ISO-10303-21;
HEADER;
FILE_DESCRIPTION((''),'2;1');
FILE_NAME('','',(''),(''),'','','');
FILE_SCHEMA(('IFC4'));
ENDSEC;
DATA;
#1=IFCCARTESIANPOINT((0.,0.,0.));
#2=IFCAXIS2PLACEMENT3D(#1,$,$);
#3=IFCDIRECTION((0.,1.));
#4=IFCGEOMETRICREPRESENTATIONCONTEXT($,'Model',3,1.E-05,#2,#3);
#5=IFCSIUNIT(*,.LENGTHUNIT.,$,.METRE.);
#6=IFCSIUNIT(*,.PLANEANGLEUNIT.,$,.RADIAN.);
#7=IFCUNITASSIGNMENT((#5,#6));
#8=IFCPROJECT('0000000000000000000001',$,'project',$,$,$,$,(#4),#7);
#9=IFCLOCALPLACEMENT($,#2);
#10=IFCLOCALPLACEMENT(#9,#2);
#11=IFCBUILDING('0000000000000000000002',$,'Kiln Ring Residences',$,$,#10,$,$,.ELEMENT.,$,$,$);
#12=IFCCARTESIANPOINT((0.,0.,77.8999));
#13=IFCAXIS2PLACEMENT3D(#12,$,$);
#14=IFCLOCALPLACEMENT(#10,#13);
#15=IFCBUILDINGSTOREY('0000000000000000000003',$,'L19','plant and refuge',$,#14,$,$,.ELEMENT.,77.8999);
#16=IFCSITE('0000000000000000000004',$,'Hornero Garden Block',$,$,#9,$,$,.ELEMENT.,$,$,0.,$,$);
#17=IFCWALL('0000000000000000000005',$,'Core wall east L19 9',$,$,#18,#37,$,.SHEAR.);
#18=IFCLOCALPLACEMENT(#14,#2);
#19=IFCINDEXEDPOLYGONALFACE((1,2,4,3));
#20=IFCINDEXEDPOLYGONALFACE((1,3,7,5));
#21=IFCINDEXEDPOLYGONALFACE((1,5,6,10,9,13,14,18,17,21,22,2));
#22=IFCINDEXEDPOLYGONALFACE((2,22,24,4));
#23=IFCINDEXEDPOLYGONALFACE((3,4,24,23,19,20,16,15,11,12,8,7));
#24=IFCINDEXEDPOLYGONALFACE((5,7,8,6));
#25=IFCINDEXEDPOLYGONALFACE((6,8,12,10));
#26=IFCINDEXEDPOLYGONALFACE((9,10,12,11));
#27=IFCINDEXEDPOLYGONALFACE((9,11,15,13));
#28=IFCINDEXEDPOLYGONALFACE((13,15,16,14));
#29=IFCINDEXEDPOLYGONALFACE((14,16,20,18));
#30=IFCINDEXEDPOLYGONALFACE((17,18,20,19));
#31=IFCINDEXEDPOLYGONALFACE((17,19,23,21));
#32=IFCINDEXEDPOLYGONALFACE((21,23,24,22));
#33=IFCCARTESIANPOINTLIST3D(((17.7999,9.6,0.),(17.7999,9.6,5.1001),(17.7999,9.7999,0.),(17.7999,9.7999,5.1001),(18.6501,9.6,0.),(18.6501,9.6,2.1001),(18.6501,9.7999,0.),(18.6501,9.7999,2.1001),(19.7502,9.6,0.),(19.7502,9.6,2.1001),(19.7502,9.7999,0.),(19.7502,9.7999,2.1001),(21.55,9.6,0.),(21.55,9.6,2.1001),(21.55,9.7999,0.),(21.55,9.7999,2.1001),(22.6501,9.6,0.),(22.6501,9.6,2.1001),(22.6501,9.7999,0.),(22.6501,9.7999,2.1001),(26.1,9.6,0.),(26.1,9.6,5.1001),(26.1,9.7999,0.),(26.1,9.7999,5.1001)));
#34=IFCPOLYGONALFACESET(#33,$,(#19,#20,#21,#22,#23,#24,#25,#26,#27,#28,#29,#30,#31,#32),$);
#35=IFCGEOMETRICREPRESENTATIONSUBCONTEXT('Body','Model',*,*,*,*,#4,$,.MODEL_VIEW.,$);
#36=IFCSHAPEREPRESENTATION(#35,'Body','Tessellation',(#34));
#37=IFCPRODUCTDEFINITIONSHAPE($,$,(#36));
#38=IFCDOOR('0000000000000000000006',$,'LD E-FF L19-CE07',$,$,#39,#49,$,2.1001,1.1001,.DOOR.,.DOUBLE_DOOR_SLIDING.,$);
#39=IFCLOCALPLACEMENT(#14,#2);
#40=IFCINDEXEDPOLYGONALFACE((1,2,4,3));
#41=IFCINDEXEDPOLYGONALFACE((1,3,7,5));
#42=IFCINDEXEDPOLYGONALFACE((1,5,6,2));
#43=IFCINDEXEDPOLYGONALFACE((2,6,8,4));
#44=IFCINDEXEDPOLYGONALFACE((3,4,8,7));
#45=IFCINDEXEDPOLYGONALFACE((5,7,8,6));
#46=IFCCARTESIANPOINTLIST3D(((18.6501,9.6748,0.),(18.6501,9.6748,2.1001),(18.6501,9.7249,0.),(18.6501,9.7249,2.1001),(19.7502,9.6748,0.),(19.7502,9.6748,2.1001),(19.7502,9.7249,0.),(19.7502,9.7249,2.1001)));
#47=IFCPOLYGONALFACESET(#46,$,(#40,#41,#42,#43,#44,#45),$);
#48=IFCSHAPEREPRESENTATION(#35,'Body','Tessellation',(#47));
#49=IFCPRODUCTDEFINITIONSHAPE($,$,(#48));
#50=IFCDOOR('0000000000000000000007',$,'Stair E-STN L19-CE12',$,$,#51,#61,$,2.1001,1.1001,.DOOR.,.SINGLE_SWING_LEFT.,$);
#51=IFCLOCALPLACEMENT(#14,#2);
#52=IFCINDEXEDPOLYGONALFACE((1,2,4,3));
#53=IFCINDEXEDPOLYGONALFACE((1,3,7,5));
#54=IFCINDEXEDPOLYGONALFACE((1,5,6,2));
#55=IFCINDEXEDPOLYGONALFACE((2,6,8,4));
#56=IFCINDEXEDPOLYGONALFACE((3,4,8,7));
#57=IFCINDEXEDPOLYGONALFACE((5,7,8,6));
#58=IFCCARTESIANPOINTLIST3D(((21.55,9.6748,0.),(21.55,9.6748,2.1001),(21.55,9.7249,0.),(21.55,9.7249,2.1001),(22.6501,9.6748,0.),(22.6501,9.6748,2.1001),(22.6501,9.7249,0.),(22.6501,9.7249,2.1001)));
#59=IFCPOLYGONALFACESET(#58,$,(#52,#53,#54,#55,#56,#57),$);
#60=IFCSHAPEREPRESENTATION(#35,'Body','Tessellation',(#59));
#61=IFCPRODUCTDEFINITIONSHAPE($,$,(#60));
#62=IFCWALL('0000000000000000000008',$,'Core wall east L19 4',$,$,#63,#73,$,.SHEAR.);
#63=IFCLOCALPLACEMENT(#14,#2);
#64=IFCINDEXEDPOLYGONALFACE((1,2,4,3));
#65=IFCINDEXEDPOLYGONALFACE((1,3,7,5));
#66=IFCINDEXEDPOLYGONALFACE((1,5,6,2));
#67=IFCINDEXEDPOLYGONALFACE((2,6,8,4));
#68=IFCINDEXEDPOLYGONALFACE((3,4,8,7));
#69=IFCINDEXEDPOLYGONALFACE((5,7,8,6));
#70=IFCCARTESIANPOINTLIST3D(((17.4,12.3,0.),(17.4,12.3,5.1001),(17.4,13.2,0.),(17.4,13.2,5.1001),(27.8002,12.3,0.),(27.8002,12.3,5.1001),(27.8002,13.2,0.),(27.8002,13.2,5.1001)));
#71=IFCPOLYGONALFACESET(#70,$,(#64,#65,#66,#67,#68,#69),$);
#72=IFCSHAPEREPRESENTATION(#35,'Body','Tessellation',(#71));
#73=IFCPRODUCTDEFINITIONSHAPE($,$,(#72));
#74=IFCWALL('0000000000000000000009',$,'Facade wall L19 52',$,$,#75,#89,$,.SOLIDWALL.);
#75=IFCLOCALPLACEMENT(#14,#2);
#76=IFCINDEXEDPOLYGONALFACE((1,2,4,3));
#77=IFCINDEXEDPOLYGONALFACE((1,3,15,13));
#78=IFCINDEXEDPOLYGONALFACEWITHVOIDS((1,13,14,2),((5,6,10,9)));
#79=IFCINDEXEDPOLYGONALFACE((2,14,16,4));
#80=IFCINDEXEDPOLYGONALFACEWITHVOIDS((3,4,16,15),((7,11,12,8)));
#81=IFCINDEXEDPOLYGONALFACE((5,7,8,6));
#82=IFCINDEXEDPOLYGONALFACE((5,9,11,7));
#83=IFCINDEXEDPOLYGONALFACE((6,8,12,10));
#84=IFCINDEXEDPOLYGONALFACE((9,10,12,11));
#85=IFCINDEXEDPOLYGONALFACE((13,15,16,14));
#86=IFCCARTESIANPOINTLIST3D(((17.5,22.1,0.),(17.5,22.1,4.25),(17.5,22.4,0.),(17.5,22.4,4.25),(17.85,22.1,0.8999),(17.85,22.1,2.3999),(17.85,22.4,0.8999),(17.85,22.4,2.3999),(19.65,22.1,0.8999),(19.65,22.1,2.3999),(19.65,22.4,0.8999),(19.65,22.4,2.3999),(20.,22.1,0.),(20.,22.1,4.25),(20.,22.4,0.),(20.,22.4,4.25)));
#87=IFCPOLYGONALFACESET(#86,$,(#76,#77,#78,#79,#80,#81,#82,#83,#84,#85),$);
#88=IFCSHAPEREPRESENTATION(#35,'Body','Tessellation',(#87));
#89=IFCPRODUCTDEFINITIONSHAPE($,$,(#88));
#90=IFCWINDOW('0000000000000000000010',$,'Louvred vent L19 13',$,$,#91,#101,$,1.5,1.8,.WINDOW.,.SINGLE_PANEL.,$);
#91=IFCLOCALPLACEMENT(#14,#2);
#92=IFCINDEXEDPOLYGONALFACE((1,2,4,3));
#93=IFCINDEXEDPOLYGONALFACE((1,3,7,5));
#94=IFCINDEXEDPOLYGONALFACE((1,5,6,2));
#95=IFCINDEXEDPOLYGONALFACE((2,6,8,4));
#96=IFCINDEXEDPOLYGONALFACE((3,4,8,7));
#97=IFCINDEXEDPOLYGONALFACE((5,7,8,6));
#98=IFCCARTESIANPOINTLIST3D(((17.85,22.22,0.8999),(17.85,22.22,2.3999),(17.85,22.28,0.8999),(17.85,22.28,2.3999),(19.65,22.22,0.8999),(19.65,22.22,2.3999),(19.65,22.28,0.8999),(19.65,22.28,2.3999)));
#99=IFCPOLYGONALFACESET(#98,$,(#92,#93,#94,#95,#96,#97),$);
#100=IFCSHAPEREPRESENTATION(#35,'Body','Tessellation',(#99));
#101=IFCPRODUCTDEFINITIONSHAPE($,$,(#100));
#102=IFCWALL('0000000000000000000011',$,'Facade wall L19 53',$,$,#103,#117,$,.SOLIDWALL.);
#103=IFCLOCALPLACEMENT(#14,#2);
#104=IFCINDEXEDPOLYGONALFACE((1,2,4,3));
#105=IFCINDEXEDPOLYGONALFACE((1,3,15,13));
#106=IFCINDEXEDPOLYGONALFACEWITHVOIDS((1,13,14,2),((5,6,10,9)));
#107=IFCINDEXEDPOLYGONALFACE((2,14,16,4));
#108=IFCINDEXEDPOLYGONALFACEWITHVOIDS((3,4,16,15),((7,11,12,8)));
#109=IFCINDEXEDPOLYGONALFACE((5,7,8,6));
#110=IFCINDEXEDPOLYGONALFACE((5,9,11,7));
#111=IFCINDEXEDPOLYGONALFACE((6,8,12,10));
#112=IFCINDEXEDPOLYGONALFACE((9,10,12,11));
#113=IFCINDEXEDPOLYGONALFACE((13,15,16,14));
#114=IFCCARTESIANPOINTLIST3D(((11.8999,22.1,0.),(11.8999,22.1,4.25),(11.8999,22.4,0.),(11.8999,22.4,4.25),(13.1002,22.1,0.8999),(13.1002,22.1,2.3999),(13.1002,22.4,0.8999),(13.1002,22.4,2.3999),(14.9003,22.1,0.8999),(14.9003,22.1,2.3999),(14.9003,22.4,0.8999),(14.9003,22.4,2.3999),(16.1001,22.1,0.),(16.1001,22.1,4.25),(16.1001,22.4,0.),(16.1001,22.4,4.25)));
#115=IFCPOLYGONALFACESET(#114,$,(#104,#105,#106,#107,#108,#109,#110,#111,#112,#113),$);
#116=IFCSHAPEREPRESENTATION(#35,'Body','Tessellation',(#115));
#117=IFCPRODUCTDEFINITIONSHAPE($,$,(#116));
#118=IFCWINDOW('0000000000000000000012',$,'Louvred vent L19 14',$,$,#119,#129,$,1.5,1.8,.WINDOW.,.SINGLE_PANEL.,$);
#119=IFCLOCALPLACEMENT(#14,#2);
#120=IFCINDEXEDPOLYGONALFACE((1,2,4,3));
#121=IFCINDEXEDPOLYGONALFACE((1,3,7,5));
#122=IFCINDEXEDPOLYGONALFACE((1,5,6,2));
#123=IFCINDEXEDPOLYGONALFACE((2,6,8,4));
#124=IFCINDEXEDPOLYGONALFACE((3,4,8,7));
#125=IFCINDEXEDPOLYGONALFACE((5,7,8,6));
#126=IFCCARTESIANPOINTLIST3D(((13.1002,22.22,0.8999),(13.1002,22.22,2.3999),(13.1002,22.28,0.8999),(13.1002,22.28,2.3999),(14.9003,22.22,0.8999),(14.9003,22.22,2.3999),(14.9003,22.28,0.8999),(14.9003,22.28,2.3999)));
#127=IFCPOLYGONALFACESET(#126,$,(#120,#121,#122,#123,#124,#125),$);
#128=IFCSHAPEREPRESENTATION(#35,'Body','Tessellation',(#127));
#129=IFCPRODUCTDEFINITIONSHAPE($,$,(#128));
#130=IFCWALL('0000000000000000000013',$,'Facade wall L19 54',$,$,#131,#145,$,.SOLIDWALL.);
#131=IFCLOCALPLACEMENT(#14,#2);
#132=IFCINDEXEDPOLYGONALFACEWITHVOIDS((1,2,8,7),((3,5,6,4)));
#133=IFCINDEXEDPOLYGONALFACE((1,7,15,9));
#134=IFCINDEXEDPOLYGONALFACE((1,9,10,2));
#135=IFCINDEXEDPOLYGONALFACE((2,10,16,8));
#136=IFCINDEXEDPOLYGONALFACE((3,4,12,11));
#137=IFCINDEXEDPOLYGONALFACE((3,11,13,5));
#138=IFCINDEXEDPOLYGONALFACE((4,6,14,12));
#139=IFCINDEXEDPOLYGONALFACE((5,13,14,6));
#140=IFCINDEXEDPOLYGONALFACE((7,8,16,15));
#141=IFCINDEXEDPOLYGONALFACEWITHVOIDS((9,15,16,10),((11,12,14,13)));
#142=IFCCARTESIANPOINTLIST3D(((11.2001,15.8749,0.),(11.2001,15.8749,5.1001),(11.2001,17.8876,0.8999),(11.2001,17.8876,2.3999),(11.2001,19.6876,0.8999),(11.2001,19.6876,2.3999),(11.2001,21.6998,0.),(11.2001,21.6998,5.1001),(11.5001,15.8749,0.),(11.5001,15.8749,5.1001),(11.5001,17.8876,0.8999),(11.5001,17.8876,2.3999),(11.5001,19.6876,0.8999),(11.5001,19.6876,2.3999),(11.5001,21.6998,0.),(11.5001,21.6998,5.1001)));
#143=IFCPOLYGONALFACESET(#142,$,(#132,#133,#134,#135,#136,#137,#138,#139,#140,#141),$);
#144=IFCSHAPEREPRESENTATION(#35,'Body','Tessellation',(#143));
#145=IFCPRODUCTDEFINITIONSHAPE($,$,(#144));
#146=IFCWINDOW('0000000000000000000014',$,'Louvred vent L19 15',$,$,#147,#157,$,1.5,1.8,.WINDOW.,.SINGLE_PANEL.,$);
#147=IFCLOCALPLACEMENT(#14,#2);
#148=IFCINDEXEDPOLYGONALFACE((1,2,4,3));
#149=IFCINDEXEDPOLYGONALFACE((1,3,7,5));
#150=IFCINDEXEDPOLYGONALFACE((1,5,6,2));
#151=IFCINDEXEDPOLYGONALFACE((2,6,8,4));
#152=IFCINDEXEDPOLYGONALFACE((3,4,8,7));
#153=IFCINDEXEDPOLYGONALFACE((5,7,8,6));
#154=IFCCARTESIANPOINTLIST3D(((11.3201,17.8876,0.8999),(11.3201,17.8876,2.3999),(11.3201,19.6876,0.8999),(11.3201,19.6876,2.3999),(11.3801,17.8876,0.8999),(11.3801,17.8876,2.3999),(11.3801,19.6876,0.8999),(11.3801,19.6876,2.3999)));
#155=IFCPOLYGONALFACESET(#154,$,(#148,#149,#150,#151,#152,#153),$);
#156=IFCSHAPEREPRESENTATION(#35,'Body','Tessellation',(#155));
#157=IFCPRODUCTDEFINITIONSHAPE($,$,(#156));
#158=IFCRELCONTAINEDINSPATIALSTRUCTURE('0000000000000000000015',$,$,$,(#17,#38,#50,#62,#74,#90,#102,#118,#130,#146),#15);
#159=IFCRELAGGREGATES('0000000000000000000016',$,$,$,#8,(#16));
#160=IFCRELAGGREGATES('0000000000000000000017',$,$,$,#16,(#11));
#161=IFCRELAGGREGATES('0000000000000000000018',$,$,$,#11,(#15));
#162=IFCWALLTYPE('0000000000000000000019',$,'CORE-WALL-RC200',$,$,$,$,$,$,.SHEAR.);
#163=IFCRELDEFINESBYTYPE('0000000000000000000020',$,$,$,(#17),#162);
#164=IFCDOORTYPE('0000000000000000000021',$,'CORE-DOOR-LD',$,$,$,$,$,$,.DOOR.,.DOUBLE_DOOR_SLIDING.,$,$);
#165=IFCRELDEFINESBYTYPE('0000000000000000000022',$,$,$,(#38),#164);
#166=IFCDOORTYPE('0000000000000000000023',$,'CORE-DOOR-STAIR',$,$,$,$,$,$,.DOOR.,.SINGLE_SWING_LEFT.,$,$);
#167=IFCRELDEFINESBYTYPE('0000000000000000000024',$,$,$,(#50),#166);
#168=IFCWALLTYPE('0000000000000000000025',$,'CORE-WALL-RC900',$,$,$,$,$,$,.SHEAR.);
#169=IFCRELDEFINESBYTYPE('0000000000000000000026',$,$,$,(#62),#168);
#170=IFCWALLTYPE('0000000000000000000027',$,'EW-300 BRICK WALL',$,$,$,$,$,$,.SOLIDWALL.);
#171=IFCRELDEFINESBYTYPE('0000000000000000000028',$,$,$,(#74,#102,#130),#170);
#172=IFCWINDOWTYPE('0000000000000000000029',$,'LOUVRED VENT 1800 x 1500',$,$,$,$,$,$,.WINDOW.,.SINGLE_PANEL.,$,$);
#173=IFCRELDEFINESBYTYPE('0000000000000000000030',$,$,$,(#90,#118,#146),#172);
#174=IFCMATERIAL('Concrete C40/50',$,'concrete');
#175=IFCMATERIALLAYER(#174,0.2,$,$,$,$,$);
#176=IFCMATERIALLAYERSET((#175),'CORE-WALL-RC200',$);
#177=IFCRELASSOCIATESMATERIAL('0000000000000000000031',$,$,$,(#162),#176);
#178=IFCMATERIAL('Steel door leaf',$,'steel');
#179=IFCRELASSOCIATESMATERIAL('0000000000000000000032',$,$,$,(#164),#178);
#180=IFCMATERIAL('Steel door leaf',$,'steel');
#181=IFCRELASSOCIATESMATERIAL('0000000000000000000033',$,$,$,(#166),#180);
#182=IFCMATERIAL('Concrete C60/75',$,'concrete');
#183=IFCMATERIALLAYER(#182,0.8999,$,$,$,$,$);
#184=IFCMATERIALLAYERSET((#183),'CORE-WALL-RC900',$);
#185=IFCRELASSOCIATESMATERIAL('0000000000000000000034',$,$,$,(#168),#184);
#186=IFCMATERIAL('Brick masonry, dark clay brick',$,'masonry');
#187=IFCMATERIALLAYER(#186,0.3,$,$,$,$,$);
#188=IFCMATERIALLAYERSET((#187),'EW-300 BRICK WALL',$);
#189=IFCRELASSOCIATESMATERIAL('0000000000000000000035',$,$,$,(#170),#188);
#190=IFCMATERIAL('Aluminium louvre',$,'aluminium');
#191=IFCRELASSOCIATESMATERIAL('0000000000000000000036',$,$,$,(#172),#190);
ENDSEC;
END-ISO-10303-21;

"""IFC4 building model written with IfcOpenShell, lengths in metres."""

from ifc_helpers import new_model, si_unit, direction, frame, frame_2d, origin, place, context, subcontext, project, spatial, rectangle, extrude, material, layer, layer_set, type_object, element, fill, save


model = new_model("IFC4")

# Units and contexts
model_context = context("Model", 3, precision=1e-05, world=origin(), true_north=direction((0.0, 1.0)))
body_context = subcontext(model_context, "Body", "Model", "MODEL_VIEW")
ifc_project = project(units=[si_unit("LENGTHUNIT", "METRE"), si_unit("PLANEANGLEUNIT", "RADIAN")], contexts=[model_context])

# Site, building, storey
site_placement = place(None, origin())
site = spatial("IfcSite", under=ifc_project, at=site_placement, Name="Hornero Garden Block", CompositionType="ELEMENT", RefElevation=0.0)
building_placement = place(site_placement, origin())
building = spatial("IfcBuilding", under=site, at=building_placement, Name="Kiln Ring Residences", CompositionType="ELEMENT")
storey_placement = place(building_placement, frame((0.0, 0.0, 77.8999)))
storey = spatial("IfcBuildingStorey", under=building, at=storey_placement, Name="L19", Description="plant and refuge", CompositionType="ELEMENT", Elevation=77.8999)

# Wall, openings, doors
ifc_material_1 = material(Name="Concrete C40/50", Category="concrete")
ifc_layer_1 = layer(ifc_material_1, 0.2)
ifc_layer_set_1 = layer_set([ifc_layer_1], Name="CORE-WALL-RC200")
wall_type_1 = type_object("IfcWallType", Name="CORE-WALL-RC200", PredefinedType="SHEAR", material=ifc_layer_set_1)
wall_1_placement = place(storey_placement, frame((17.8, 9.7, 0.0), z_axis=(0.0, 0.0, 1.0), x_axis=(1.0, 0.0, 0.0)))
wall_1 = element("IfcWall", 1, at=wall_1_placement, inside=storey, type_object=wall_type_1, Name="Core wall east L19 9", PredefinedType="SHEAR", context=body_context, shape_type="SweptSolid", body=[
    extrude(rectangle(XDim=8.3, YDim=0.2, at=frame_2d((4.1499, 0.0))), origin(), (0.0, 0.0, 1.0), 5.1001),
])
opening_1_placement = place(wall_1_placement, frame((0.8501, 0.0, 0.0)))
opening_1 = element("IfcOpeningElement", 2, at=opening_1_placement, cuts=wall_1, PredefinedType="OPENING", context=body_context, shape_type="SweptSolid", body=[
    extrude(rectangle(XDim=1.1001, YDim=2.1001, at=frame_2d((0.55, 1.05))), frame((0.0, 0.1099, 0.0), z_axis=(0.0, -1.0, 0.0), x_axis=(1.0, 0.0, 0.0)), (0.0, 0.0, 1.0), 0.22),
])
opening_2_placement = place(wall_1_placement, frame((3.75, 0.0, 0.0)))
opening_2 = element("IfcOpeningElement", 3, at=opening_2_placement, cuts=wall_1, PredefinedType="OPENING", context=body_context, shape_type="SweptSolid", body=[
    extrude(rectangle(XDim=1.1001, YDim=2.1001, at=frame_2d((0.55, 1.05))), frame((0.0, 0.1099, 0.0), z_axis=(0.0, -1.0, 0.0), x_axis=(1.0, 0.0, 0.0)), (0.0, 0.0, 1.0), 0.22),
])
ifc_material_2 = material(Name="Steel door leaf", Category="steel")
door_type_1 = type_object("IfcDoorType", Name="CORE-DOOR-LD", OperationType="DOUBLE_DOOR_SLIDING", PredefinedType="DOOR", material=ifc_material_2)
door_1_placement = place(opening_1_placement, origin())
door_1 = element("IfcDoor", 4, at=door_1_placement, inside=storey, type_object=door_type_1, Name="LD E-FF L19-CE07", OperationType="DOUBLE_DOOR_SLIDING", OverallHeight=2.1001, OverallWidth=1.1001, PredefinedType="DOOR", context=body_context, shape_type="SweptSolid", body=[
    extrude(rectangle(XDim=1.1001, YDim=2.1001, at=frame_2d((0.55, 1.05))), frame((0.0, 0.0249, 0.0), z_axis=(0.0, -1.0, 0.0), x_axis=(1.0, 0.0, 0.0)), (0.0, 0.0, 1.0), 0.05),
])
fill(opening_1, door_1)
ifc_material_3 = material(Name="Steel door leaf", Category="steel")
door_type_2 = type_object("IfcDoorType", Name="CORE-DOOR-STAIR", OperationType="SINGLE_SWING_LEFT", PredefinedType="DOOR", material=ifc_material_3)
door_2_placement = place(opening_2_placement, origin())
door_2 = element("IfcDoor", 5, at=door_2_placement, inside=storey, type_object=door_type_2, Name="Stair E-STN L19-CE12", OperationType="SINGLE_SWING_LEFT", OverallHeight=2.1001, OverallWidth=1.1001, PredefinedType="DOOR", context=body_context, shape_type="SweptSolid", body=[
    extrude(rectangle(XDim=1.1001, YDim=2.1001, at=frame_2d((0.55, 1.05))), frame((0.0, 0.0249, 0.0), z_axis=(0.0, -1.0, 0.0), x_axis=(1.0, 0.0, 0.0)), (0.0, 0.0, 1.0), 0.05),
])
fill(opening_2, door_2)

# Wall
ifc_material_4 = material(Name="Concrete C60/75", Category="concrete")
ifc_layer_2 = layer(ifc_material_4, 0.8999)
ifc_layer_set_2 = layer_set([ifc_layer_2], Name="CORE-WALL-RC900")
wall_type_2 = type_object("IfcWallType", Name="CORE-WALL-RC900", PredefinedType="SHEAR", material=ifc_layer_set_2)
wall_2_placement = place(storey_placement, frame((17.3999, 12.75, 0.0), z_axis=(0.0, 0.0, 1.0), x_axis=(1.0, 0.0, 0.0)))
element("IfcWall", 6, at=wall_2_placement, inside=storey, type_object=wall_type_2, Name="Core wall east L19 4", PredefinedType="SHEAR", context=body_context, shape_type="SweptSolid", body=[
    extrude(rectangle(XDim=10.4001, YDim=0.8999, at=frame_2d((5.2002, 0.0))), origin(), (0.0, 0.0, 1.0), 5.1001),
])

# Walls, openings, windows
ifc_material_5 = material(Name="Brick masonry, dark clay brick", Category="masonry")
ifc_layer_3 = layer(ifc_material_5, 0.3)
ifc_layer_set_3 = layer_set([ifc_layer_3], Name="EW-300 BRICK WALL")
wall_type_3 = type_object("IfcWallType", Name="EW-300 BRICK WALL", PredefinedType="SOLIDWALL", material=ifc_layer_set_3)
wall_3_placement = place(storey_placement, frame((20.0, 22.25, 0.0), z_axis=(0.0, 0.0, 1.0), x_axis=(-1.0, 0.0, 0.0)))
wall_3 = element("IfcWall", 7, at=wall_3_placement, inside=storey, type_object=wall_type_3, Name="Facade wall L19 52", PredefinedType="SOLIDWALL", context=body_context, shape_type="SweptSolid", body=[
    extrude(rectangle(XDim=2.5, YDim=0.3, at=frame_2d((1.25, 0.0))), origin(), (0.0, 0.0, 1.0), 4.25),
])
opening_3_placement = place(wall_3_placement, frame((0.3501, 0.0, 0.8999)))
opening_3 = element("IfcOpeningElement", 8, at=opening_3_placement, cuts=wall_3, PredefinedType="OPENING", context=body_context, shape_type="SweptSolid", body=[
    extrude(rectangle(XDim=1.8, YDim=1.5, at=frame_2d((0.8999, 0.75))), frame((0.0, 0.1599, 0.0), z_axis=(0.0, -1.0, 0.0), x_axis=(1.0, 0.0, 0.0)), (0.0, 0.0, 1.0), 0.3201),
])
ifc_material_6 = material(Name="Aluminium louvre", Category="aluminium")
window_type = type_object("IfcWindowType", Name="LOUVRED VENT 1800 x 1500", PartitioningType="SINGLE_PANEL", PredefinedType="WINDOW", material=ifc_material_6)
window_1_placement = place(opening_3_placement, origin())
window_1 = element("IfcWindow", 9, at=window_1_placement, inside=storey, type_object=window_type, Name="Louvred vent L19 13", OverallHeight=1.5, OverallWidth=1.8, PartitioningType="SINGLE_PANEL", PredefinedType="WINDOW", context=body_context, shape_type="SweptSolid", body=[
    extrude(rectangle(XDim=1.8, YDim=1.5, at=frame_2d((0.8999, 0.75))), frame((0.0, 0.03, 0.0), z_axis=(0.0, -1.0, 0.0), x_axis=(1.0, 0.0, 0.0)), (0.0, 0.0, 1.0), 0.0601),
])
fill(opening_3, window_1)
wall_4_placement = place(storey_placement, frame((16.1001, 22.25, 0.0), z_axis=(0.0, 0.0, 1.0), x_axis=(-1.0, 0.0, 0.0)))
wall_4 = element("IfcWall", 10, at=wall_4_placement, inside=storey, type_object=wall_type_3, Name="Facade wall L19 53", PredefinedType="SOLIDWALL", context=body_context, shape_type="SweptSolid", body=[
    extrude(rectangle(XDim=4.2002, YDim=0.3, at=frame_2d((2.1001, 0.0))), origin(), (0.0, 0.0, 1.0), 4.25),
])
opening_4_placement = place(wall_4_placement, frame((1.2, 0.0, 0.8999)))
opening_4 = element("IfcOpeningElement", 11, at=opening_4_placement, cuts=wall_4, PredefinedType="OPENING", context=body_context, shape_type="SweptSolid", body=[
    extrude(rectangle(XDim=1.8, YDim=1.5, at=frame_2d((0.8999, 0.75))), frame((0.0, 0.1599, 0.0), z_axis=(0.0, -1.0, 0.0), x_axis=(1.0, 0.0, 0.0)), (0.0, 0.0, 1.0), 0.3201),
])
window_2_placement = place(opening_4_placement, origin())
window_2 = element("IfcWindow", 12, at=window_2_placement, inside=storey, type_object=window_type, Name="Louvred vent L19 14", OverallHeight=1.5, OverallWidth=1.8, PartitioningType="SINGLE_PANEL", PredefinedType="WINDOW", context=body_context, shape_type="SweptSolid", body=[
    extrude(rectangle(XDim=1.8, YDim=1.5, at=frame_2d((0.8999, 0.75))), frame((0.0, 0.03, 0.0), z_axis=(0.0, -1.0, 0.0), x_axis=(1.0, 0.0, 0.0)), (0.0, 0.0, 1.0), 0.0601),
])
fill(opening_4, window_2)
wall_5_placement = place(storey_placement, frame((11.3501, 21.7, 0.0), z_axis=(0.0, 0.0, 1.0), x_axis=(0.0, -1.0, 0.0)))
wall_5 = element("IfcWall", 13, at=wall_5_placement, inside=storey, type_object=wall_type_3, Name="Facade wall L19 54", PredefinedType="SOLIDWALL", context=body_context, shape_type="SweptSolid", body=[
    extrude(rectangle(XDim=5.825, YDim=0.3, at=frame_2d((2.9126, 0.0))), origin(), (0.0, 0.0, 1.0), 5.1001),
])
opening_5_placement = place(wall_5_placement, frame((2.0125, 0.0, 0.8999)))
opening_5 = element("IfcOpeningElement", 14, at=opening_5_placement, cuts=wall_5, PredefinedType="OPENING", context=body_context, shape_type="SweptSolid", body=[
    extrude(rectangle(XDim=1.8, YDim=1.5, at=frame_2d((0.8999, 0.75))), frame((0.0, 0.1599, 0.0), z_axis=(0.0, -1.0, 0.0), x_axis=(1.0, 0.0, 0.0)), (0.0, 0.0, 1.0), 0.3201),
])
window_3_placement = place(opening_5_placement, origin())
window_3 = element("IfcWindow", 15, at=window_3_placement, inside=storey, type_object=window_type, Name="Louvred vent L19 15", OverallHeight=1.5, OverallWidth=1.8, PartitioningType="SINGLE_PANEL", PredefinedType="WINDOW", context=body_context, shape_type="SweptSolid", body=[
    extrude(rectangle(XDim=1.8, YDim=1.5, at=frame_2d((0.8999, 0.75))), frame((0.0, 0.03, 0.0), z_axis=(0.0, -1.0, 0.0), x_axis=(1.0, 0.0, 0.0)), (0.0, 0.0, 1.0), 0.0601),
])
fill(opening_5, window_3)

save(model, "model.ifc")
